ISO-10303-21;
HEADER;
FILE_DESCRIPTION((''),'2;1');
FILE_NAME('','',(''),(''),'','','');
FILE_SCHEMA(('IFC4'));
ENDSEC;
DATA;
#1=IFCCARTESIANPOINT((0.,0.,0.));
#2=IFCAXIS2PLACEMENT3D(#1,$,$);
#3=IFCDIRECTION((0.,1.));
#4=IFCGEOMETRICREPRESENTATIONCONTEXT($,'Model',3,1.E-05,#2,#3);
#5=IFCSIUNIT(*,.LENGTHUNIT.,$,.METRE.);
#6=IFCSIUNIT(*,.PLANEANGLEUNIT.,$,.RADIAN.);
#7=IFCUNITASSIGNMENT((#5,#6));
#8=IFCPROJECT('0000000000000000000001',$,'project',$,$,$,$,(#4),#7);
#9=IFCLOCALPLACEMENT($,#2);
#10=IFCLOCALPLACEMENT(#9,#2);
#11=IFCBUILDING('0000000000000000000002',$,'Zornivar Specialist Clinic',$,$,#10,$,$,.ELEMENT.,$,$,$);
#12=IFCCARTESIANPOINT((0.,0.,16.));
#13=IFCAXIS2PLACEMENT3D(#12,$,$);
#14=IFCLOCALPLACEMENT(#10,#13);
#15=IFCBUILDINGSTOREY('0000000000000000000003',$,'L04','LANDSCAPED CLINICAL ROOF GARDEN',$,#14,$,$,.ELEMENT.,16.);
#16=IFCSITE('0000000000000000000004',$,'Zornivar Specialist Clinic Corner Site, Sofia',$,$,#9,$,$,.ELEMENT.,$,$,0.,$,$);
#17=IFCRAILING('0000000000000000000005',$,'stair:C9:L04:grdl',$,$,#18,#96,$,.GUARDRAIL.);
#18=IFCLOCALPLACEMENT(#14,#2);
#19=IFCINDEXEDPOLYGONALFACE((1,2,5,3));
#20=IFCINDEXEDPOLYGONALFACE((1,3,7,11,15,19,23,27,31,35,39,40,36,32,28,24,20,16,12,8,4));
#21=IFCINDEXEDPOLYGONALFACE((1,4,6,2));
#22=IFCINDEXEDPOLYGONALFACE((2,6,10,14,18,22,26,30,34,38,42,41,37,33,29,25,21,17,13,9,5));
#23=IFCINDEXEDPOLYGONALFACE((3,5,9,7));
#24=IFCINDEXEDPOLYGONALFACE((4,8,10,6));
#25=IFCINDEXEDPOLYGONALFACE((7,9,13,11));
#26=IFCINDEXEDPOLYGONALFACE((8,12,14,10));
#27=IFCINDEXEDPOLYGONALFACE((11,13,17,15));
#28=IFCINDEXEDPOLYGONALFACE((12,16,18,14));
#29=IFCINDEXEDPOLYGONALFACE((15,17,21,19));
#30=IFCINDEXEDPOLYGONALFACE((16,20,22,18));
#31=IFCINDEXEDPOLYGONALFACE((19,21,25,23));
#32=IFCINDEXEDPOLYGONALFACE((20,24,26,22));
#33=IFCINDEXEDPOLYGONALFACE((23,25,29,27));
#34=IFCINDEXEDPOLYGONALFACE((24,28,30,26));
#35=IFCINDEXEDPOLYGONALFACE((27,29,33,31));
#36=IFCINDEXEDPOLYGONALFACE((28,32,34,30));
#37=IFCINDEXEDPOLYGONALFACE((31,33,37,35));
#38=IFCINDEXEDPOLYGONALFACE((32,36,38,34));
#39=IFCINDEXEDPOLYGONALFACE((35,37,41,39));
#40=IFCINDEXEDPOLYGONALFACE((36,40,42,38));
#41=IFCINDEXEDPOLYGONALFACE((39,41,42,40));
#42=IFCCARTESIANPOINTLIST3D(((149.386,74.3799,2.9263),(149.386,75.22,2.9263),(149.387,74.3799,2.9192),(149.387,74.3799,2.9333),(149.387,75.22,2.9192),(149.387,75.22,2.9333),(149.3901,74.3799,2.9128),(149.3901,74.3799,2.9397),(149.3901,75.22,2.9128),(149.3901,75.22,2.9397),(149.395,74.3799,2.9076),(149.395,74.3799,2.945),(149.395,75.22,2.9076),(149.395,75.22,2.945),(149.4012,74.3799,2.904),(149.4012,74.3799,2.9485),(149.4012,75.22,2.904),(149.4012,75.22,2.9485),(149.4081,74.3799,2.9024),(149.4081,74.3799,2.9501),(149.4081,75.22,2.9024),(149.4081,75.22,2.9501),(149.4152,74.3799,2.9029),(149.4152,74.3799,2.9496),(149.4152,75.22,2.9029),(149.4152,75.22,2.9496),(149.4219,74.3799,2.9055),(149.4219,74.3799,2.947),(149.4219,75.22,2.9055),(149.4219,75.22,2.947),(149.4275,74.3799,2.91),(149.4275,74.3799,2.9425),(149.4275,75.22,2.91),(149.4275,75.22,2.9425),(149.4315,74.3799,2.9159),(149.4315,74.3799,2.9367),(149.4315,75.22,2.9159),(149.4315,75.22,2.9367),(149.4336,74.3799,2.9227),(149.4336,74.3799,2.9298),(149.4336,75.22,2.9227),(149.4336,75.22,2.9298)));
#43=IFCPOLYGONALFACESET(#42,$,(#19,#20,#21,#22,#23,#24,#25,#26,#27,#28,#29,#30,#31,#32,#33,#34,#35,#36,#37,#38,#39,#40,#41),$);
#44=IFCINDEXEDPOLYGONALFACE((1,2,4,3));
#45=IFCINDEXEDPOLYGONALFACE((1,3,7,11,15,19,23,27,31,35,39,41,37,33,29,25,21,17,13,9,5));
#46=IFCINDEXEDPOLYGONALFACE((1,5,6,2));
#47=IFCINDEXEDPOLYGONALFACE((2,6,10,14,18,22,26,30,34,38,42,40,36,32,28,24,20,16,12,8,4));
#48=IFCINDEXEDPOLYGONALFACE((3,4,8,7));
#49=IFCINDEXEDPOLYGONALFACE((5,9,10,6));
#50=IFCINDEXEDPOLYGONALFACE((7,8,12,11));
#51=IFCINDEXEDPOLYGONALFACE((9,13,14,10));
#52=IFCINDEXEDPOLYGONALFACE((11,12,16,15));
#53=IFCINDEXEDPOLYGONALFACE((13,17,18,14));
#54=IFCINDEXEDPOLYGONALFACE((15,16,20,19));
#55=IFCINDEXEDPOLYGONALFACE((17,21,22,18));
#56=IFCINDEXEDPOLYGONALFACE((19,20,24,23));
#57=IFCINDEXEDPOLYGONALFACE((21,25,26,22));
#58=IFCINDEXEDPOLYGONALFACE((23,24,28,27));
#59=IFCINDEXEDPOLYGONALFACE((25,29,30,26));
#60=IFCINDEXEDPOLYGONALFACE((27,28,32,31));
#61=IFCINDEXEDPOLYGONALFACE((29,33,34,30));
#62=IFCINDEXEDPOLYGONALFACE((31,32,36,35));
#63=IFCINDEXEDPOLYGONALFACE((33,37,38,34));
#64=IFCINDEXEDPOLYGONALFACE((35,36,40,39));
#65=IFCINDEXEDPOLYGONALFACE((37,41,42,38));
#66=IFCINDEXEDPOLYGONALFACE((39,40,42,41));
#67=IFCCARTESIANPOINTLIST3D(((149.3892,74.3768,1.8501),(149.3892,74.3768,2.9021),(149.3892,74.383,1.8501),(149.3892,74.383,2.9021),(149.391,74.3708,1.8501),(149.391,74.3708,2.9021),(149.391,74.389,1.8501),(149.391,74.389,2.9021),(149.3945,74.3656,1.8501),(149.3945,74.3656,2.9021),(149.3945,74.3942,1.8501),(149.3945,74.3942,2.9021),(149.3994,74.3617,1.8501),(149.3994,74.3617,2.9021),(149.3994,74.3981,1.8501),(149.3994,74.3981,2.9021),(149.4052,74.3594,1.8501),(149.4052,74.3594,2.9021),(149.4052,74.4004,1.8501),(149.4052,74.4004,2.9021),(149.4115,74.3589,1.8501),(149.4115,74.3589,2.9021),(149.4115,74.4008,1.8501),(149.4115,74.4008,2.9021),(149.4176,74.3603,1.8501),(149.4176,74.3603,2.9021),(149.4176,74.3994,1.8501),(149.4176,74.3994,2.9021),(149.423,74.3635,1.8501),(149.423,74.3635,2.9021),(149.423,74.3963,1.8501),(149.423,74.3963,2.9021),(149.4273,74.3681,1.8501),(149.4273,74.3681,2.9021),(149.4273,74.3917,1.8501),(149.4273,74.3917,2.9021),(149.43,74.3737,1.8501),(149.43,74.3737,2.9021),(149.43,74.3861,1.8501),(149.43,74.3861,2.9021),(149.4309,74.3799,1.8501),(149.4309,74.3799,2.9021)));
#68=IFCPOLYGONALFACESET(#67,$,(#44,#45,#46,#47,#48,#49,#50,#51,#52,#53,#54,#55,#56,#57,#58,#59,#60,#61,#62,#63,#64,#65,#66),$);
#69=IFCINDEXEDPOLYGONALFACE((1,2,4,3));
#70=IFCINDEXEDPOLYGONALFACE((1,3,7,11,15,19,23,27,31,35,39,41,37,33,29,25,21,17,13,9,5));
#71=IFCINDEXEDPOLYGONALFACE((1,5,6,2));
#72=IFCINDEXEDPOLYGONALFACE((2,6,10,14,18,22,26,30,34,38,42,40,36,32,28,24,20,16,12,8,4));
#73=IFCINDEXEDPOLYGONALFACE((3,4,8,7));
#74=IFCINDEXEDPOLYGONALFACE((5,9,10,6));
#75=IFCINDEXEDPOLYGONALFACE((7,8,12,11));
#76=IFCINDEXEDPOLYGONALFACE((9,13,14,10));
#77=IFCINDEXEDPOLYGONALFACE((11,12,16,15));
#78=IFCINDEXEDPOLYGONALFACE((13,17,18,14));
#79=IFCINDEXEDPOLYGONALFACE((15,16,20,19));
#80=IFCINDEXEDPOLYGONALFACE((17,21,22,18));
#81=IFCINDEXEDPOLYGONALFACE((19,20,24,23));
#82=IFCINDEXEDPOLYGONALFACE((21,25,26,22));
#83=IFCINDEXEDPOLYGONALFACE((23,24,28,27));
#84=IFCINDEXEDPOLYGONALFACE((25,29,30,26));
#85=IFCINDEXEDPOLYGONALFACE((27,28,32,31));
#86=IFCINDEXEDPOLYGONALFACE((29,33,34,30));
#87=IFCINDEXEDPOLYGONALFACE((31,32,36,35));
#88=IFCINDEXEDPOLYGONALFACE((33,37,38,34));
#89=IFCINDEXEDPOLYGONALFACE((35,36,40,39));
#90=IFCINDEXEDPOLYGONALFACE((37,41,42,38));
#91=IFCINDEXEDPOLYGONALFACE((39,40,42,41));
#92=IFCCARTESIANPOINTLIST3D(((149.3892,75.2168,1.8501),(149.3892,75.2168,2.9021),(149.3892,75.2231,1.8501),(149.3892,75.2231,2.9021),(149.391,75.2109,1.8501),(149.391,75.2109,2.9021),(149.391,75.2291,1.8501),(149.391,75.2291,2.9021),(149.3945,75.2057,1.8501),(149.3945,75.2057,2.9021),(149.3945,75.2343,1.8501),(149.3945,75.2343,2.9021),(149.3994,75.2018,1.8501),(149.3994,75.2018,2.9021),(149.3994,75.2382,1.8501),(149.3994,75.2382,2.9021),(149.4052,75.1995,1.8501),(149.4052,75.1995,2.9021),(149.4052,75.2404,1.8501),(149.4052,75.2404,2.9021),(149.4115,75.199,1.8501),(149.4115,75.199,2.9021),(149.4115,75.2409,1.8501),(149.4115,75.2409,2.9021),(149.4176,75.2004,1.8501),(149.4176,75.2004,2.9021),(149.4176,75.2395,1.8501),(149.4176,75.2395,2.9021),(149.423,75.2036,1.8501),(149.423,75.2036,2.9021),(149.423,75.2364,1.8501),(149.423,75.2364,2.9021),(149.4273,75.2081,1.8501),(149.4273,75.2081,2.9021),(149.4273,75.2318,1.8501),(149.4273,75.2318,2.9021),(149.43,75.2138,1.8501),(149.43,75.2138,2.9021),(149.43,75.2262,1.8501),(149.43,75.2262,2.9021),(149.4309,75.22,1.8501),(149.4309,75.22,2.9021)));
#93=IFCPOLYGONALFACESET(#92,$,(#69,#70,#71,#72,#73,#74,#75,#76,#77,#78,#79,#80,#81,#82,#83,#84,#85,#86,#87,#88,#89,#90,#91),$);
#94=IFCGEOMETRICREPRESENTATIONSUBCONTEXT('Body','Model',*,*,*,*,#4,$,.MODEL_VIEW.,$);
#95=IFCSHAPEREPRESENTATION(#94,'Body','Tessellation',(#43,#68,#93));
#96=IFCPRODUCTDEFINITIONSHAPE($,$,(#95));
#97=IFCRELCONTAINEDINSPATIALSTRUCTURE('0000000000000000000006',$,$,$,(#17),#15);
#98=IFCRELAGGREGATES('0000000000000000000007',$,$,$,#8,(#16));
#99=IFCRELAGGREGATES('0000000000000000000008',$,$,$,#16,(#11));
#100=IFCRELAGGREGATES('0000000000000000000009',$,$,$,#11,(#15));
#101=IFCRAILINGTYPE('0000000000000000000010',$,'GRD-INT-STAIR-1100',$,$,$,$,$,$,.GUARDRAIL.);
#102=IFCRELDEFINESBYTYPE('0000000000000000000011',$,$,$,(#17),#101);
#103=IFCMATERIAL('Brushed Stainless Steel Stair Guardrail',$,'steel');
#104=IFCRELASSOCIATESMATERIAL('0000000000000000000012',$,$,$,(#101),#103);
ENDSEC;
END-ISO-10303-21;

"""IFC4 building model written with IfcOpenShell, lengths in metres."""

from ifc_helpers import new_model, si_unit, direction, frame, origin, origin_2d, place, context, subcontext, project, spatial, circle, extrude, material, type_object, element, save


model = new_model("IFC4")

# Units and contexts
model_context = context("Model", 3, precision=1e-05, world=origin(), true_north=direction((0.0, 1.0)))
body_context = subcontext(model_context, "Body", "Model", "MODEL_VIEW")
ifc_project = project(units=[si_unit("LENGTHUNIT", "METRE"), si_unit("PLANEANGLEUNIT", "RADIAN")], contexts=[model_context])

# Site, building, storey
site_placement = place(None, origin())
site = spatial("IfcSite", under=ifc_project, at=site_placement, Name="Zornivar Specialist Clinic Corner Site, Sofia", CompositionType="ELEMENT", RefElevation=0.0)
building_placement = place(site_placement, origin())
building = spatial("IfcBuilding", under=site, at=building_placement, Name="Zornivar Specialist Clinic", CompositionType="ELEMENT")
storey_placement = place(building_placement, frame((0.0, 0.0, 16.0)))
storey = spatial("IfcBuildingStorey", under=building, at=storey_placement, Name="L04", Description="LANDSCAPED CLINICAL ROOF GARDEN", CompositionType="ELEMENT", Elevation=16.0)

# Railing
ifc_material_1 = material(Name="Brushed Stainless Steel Stair Guardrail", Category="steel")
railing_type_1 = type_object("IfcRailingType", Name="GRD-INT-STAIR-1100", PredefinedType="GUARDRAIL", material=ifc_material_1)
railing_1_placement = place(storey_placement, frame((149.4099, 74.3799, 1.8501)))
element("IfcRailing", 1, at=railing_1_placement, inside=storey, type_object=railing_type_1, Name="stair:C9:L04:grdl", PredefinedType="GUARDRAIL", context=body_context, shape_type="SweptSolid", body=[
    extrude(circle(Radius=0.0239, at=origin_2d()), frame((0.0, 0.0, 1.0762), z_axis=(0.0, 1.0, 0.0), x_axis=(-1.0, 0.0, 0.0)), (0.0, 0.0, 1.0), 0.8401),
    extrude(circle(Radius=0.021, at=origin_2d()), origin(), (0.0, 0.0, 1.0), 1.052),
    extrude(circle(Radius=0.021, at=origin_2d()), frame((0.0, 0.8401, 0.0)), (0.0, 0.0, 1.0), 1.052),
])

save(model, "model.ifc")
